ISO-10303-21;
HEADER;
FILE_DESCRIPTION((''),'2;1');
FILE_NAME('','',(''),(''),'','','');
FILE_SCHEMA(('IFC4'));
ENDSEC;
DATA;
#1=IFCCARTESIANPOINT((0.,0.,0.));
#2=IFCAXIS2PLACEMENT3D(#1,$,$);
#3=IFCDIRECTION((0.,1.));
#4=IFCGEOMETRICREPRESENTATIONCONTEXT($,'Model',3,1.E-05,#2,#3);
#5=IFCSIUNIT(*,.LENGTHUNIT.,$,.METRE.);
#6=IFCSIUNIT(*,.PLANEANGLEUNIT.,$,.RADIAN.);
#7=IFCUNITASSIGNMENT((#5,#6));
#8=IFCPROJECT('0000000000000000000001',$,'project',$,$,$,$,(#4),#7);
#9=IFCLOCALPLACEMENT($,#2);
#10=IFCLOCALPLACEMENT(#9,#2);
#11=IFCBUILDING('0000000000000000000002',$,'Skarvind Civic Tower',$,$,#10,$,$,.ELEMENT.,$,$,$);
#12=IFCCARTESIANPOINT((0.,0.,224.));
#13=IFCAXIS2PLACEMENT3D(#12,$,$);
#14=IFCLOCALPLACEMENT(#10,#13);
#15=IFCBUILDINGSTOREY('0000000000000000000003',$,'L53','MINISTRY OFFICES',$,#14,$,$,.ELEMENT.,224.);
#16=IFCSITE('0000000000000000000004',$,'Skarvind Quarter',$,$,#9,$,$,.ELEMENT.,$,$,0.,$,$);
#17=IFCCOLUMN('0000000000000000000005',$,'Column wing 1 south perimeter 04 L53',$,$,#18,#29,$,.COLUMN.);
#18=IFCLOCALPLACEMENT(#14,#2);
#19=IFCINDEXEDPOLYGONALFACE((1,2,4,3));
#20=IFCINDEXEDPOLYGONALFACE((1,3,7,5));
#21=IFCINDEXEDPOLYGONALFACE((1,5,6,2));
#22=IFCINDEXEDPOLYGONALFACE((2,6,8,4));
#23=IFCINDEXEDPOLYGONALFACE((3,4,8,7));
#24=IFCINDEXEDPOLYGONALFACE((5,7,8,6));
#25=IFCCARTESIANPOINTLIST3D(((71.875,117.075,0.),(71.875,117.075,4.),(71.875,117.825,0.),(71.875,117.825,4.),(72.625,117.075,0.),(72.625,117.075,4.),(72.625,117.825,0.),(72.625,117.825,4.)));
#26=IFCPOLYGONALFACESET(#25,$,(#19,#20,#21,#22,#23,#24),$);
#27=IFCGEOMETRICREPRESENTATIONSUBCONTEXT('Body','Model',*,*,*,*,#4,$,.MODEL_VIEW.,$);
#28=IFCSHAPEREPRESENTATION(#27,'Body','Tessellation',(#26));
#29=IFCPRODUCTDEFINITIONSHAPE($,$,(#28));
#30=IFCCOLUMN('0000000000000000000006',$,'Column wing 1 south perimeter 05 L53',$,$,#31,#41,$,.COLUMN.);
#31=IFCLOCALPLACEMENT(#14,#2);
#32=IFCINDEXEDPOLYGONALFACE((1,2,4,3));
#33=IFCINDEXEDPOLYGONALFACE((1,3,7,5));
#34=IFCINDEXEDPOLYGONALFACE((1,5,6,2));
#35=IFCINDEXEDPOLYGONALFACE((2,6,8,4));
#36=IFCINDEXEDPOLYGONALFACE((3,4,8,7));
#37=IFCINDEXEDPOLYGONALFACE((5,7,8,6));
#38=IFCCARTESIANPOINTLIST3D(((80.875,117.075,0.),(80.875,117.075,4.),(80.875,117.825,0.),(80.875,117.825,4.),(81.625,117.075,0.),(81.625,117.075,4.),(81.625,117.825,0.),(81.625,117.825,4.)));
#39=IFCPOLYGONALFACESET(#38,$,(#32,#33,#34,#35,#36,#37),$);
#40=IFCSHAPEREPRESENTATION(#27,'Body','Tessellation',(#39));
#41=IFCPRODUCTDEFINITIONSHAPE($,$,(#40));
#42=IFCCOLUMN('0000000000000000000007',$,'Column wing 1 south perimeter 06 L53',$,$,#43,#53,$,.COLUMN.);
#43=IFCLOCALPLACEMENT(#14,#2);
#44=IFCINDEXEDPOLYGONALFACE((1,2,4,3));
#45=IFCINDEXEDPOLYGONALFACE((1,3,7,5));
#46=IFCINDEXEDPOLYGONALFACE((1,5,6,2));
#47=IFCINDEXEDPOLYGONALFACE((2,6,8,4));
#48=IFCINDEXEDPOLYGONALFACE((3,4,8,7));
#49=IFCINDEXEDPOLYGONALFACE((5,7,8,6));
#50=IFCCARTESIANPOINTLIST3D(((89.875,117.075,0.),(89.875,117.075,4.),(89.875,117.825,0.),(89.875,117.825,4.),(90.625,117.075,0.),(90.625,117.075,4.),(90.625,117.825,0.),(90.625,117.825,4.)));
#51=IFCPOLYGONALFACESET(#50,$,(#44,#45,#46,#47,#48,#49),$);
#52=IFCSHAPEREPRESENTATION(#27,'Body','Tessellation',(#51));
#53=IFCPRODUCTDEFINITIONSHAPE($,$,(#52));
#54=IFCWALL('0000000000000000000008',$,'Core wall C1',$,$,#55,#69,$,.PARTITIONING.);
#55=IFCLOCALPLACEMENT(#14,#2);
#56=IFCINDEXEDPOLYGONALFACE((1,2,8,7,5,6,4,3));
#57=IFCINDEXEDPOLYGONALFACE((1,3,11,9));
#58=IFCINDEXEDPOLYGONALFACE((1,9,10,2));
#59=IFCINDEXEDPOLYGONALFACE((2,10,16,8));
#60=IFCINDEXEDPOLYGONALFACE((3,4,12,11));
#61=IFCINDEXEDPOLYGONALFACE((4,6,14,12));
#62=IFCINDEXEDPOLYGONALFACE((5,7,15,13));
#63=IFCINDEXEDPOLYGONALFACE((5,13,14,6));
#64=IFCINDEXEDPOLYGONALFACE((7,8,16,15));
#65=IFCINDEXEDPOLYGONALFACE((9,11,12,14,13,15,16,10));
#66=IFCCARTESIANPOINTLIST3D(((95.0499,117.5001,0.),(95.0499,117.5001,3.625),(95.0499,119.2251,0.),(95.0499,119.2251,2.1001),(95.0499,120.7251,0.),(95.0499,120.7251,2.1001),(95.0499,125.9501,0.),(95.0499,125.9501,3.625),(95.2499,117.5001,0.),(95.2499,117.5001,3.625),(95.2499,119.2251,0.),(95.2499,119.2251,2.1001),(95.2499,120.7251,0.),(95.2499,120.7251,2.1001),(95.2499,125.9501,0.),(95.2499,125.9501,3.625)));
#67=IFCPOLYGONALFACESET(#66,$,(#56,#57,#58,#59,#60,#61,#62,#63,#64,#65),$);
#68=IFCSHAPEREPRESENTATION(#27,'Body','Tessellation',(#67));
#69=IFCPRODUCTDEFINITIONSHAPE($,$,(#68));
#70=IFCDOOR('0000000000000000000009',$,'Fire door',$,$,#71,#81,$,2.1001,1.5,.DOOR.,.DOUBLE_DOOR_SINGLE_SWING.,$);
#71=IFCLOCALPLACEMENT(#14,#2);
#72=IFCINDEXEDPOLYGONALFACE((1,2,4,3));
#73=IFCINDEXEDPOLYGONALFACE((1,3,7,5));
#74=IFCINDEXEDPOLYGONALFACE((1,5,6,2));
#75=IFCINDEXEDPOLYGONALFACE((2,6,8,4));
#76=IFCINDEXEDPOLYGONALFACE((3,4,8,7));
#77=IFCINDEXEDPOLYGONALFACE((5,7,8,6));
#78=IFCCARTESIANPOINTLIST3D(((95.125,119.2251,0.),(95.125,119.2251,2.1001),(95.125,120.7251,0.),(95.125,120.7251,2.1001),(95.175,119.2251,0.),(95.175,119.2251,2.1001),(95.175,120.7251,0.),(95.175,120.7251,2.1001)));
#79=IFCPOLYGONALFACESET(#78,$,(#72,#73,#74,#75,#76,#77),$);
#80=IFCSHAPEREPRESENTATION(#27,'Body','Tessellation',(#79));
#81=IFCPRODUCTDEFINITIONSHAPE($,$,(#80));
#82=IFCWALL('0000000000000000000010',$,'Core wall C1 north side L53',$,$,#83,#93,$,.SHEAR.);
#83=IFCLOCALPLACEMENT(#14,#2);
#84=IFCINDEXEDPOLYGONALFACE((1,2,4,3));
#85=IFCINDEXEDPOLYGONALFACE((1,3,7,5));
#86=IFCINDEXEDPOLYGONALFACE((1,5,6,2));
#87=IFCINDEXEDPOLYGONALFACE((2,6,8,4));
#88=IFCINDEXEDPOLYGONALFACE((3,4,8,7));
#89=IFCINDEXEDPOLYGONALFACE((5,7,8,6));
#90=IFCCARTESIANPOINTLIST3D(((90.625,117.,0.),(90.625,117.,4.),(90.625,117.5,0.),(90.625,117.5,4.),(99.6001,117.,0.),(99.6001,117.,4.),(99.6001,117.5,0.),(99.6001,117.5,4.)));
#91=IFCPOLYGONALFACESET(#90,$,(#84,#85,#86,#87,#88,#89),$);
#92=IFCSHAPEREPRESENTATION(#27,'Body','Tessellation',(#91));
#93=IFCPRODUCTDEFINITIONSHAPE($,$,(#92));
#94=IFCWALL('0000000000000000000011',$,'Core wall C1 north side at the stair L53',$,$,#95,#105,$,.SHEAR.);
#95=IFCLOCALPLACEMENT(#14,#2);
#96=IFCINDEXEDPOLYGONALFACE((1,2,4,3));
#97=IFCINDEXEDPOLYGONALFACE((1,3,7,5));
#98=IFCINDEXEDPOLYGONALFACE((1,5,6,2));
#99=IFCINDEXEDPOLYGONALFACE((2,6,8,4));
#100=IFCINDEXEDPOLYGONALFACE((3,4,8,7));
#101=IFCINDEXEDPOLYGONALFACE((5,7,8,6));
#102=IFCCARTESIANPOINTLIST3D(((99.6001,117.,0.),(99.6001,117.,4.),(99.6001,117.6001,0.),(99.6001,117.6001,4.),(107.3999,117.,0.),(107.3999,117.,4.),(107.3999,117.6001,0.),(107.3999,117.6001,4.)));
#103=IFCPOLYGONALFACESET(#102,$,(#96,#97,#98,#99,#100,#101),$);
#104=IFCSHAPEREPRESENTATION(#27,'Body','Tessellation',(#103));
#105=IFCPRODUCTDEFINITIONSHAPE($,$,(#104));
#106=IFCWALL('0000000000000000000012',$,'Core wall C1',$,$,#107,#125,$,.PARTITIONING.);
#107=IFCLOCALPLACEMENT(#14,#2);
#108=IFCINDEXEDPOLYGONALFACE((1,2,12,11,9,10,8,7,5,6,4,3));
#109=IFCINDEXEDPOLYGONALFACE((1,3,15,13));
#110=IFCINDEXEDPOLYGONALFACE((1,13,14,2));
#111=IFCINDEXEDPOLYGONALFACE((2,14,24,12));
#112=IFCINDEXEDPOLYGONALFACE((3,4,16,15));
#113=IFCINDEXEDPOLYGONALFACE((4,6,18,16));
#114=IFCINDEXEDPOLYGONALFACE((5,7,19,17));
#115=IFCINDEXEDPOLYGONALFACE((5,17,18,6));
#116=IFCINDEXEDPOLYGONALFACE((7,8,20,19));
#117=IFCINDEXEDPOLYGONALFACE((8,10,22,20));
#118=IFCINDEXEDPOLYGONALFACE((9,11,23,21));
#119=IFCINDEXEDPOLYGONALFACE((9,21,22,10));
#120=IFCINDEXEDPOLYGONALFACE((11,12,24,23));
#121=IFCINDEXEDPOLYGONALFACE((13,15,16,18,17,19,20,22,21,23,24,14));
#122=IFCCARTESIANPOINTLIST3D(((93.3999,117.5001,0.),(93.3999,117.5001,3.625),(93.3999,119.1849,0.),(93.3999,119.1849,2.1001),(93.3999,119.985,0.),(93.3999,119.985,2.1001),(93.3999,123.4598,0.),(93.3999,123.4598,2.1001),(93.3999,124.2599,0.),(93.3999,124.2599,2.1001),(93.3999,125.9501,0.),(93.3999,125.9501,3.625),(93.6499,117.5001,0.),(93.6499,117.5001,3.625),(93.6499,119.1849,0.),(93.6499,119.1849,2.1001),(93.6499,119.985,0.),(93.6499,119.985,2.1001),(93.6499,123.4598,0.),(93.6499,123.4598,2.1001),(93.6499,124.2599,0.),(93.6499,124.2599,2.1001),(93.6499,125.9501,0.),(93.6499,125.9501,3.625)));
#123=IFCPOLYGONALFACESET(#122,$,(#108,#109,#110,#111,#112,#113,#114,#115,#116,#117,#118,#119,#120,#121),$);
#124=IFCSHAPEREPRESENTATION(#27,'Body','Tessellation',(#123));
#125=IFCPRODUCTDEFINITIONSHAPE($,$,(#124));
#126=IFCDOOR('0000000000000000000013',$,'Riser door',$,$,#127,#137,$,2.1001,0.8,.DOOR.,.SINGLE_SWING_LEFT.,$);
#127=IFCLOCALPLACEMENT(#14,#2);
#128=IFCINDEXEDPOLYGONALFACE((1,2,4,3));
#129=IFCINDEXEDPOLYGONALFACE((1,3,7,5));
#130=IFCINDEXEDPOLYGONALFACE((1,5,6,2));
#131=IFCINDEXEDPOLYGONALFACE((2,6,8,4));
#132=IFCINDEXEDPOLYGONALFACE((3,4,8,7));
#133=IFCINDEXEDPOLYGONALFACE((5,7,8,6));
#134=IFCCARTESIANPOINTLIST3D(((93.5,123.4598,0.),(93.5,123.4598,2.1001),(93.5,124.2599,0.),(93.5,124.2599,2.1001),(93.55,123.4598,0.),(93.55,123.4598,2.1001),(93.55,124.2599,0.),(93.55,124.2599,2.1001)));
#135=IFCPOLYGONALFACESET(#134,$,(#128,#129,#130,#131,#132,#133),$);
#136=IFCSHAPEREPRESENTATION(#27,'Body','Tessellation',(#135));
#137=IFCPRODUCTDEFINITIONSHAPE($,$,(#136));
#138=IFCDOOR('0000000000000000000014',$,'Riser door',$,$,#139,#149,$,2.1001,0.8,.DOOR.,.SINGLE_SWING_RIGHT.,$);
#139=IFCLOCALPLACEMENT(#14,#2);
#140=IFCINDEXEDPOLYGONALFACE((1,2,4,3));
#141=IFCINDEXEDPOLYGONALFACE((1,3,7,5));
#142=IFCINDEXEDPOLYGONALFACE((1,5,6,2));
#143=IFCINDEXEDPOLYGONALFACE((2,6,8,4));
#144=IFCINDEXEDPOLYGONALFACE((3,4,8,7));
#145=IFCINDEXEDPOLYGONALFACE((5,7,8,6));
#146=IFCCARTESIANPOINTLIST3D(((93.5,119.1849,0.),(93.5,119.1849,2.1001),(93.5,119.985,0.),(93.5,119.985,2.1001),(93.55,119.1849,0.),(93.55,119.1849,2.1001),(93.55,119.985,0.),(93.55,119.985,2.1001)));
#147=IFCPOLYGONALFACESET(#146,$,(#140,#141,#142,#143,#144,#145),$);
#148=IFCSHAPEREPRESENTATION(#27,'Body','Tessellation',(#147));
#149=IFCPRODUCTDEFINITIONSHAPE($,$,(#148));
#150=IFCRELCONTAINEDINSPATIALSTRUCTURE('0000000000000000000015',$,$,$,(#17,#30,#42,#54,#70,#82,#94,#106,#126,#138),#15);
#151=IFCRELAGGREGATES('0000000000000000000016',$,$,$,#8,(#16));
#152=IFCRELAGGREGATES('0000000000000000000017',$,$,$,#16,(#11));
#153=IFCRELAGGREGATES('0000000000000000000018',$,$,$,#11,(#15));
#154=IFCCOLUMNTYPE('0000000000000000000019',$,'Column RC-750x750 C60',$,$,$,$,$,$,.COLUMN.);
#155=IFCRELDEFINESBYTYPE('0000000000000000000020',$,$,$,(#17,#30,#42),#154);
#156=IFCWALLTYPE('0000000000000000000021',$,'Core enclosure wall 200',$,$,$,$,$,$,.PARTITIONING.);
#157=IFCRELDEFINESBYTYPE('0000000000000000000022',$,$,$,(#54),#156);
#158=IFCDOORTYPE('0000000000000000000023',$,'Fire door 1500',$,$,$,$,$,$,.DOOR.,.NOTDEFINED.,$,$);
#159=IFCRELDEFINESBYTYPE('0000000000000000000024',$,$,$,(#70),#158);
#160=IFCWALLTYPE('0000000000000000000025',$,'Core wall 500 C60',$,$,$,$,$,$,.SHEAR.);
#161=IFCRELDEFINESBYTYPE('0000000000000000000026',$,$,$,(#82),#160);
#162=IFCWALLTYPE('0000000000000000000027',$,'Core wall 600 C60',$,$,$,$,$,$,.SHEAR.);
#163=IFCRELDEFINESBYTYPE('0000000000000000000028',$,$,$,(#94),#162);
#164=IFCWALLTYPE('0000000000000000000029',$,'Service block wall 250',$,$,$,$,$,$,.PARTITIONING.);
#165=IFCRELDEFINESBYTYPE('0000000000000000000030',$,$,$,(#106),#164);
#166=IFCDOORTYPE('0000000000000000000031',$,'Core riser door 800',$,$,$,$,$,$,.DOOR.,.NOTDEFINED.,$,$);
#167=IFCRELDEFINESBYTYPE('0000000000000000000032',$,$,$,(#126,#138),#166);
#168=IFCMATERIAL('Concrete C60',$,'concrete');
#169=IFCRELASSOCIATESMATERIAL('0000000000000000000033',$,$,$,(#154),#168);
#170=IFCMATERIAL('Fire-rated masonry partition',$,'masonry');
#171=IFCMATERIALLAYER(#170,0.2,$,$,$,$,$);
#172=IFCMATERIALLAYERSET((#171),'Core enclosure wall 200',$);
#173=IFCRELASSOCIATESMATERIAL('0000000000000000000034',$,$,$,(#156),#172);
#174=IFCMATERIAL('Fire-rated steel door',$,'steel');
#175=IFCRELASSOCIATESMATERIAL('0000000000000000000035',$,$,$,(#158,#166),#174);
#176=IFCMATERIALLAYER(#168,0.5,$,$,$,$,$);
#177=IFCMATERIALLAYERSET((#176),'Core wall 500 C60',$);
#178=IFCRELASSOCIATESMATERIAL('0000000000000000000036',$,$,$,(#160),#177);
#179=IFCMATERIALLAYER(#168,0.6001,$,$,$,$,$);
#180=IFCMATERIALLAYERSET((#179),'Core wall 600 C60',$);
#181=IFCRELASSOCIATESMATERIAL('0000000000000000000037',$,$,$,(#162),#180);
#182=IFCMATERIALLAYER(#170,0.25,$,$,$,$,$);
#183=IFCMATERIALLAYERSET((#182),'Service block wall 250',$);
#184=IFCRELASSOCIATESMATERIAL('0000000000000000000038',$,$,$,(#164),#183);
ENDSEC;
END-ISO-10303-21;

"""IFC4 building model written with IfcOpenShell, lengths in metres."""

from ifc_helpers import new_model, si_unit, direction, frame, frame_2d, origin, origin_2d, place, context, subcontext, project, spatial, rectangle, extrude, material, layer, layer_set, material_profile, profile_set, type_object, element, fill, save


model = new_model("IFC4")

# Units and contexts
model_context = context("Model", 3, precision=1e-05, world=origin(), true_north=direction((0.0, 1.0)))
body_context = subcontext(model_context, "Body", "Model", "MODEL_VIEW")
ifc_project = project(units=[si_unit("LENGTHUNIT", "METRE"), si_unit("PLANEANGLEUNIT", "RADIAN")], contexts=[model_context])

# Site, building, storey
site_placement = place(None, origin())
site = spatial("IfcSite", under=ifc_project, at=site_placement, Name="Skarvind Quarter", CompositionType="ELEMENT", RefElevation=0.0)
building_placement = place(site_placement, origin())
building = spatial("IfcBuilding", under=site, at=building_placement, Name="Skarvind Civic Tower", CompositionType="ELEMENT")
storey_placement = place(building_placement, frame((0.0, 0.0, 224.0)))
storey = spatial("IfcBuildingStorey", under=building, at=storey_placement, Name="L53", Description="MINISTRY OFFICES", CompositionType="ELEMENT", Elevation=224.0)

# Columns
ifc_material_1 = material(Name="Concrete C60", Category="concrete")
ifc_material_profile_1 = material_profile(ifc_material_1, rectangle(XDim=0.75, YDim=0.75, at=origin_2d()), Name="RC-750x750")
ifc_profile_set_1 = profile_set([ifc_material_profile_1], Name="Concrete C60")
column_type = type_object("IfcColumnType", Name="Column RC-750x750 C60", PredefinedType="COLUMN", material=ifc_profile_set_1)
for number, where, z_axis, x_axis, name in (
    (1, (72.25, 117.45, 0.0), (0.0, 0.0, 1.0), (1.0, 0.0, 0.0), "Column wing 1 south perimeter 04 L53"),
    (2, (81.25, 117.45, 0.0), (0.0, 0.0, 1.0), (1.0, 0.0, 0.0), "Column wing 1 south perimeter 05 L53"),
    (3, (90.25, 117.45, 0.0), (0.0, 0.0, 1.0), (1.0, 0.0, 0.0), "Column wing 1 south perimeter 06 L53"),
):
    element("IfcColumn", number, at=place(storey_placement, frame(where, z_axis=z_axis, x_axis=x_axis)), inside=storey, type_object=column_type, Name=name, PredefinedType="COLUMN", context=body_context, shape_type="SweptSolid", body=[
        extrude(rectangle(XDim=0.75, YDim=0.75, at=origin_2d()), origin(), (0.0, 0.0, 1.0), 4.0),
    ])

# Wall, opening, door
ifc_material_2 = material(Name="Fire-rated masonry partition", Category="masonry")
ifc_layer_1 = layer(ifc_material_2, 0.2)
ifc_layer_set_1 = layer_set([ifc_layer_1], Name="Core enclosure wall 200")
wall_type_1 = type_object("IfcWallType", Name="Core enclosure wall 200", PredefinedType="PARTITIONING", material=ifc_layer_set_1)
wall_1_placement = place(storey_placement, frame((95.1499, 117.5, 0.0), z_axis=(0.0, 0.0, 1.0), x_axis=(0.0, 1.0, 0.0)))
wall_1 = element("IfcWall", 4, at=wall_1_placement, inside=storey, type_object=wall_type_1, Name="Core wall C1", PredefinedType="PARTITIONING", context=body_context, shape_type="SweptSolid", body=[
    extrude(rectangle(XDim=8.45, YDim=0.2, at=frame_2d((4.2251, 0.0))), origin(), (0.0, 0.0, 1.0), 3.625),
])
opening_1_placement = place(wall_1_placement, frame((1.7251, 0.0, 0.0)))
opening_1 = element("IfcOpeningElement", 5, at=opening_1_placement, cuts=wall_1, PredefinedType="OPENING", context=body_context, shape_type="SweptSolid", body=[
    extrude(rectangle(XDim=1.5, YDim=2.1001, at=frame_2d((0.75, 1.05))), frame((0.0, 0.1099, 0.0), z_axis=(0.0, -1.0, 0.0), x_axis=(1.0, 0.0, 0.0)), (0.0, 0.0, 1.0), 0.22),
])
ifc_material_3 = material(Name="Fire-rated steel door", Category="steel")
door_type_1 = type_object("IfcDoorType", Name="Fire door 1500", OperationType="NOTDEFINED", PredefinedType="DOOR", material=ifc_material_3)
door_1_placement = place(opening_1_placement, origin())
door_1 = element("IfcDoor", 6, at=door_1_placement, inside=storey, type_object=door_type_1, Name="Fire door", OperationType="DOUBLE_DOOR_SINGLE_SWING", OverallHeight=2.1001, OverallWidth=1.5, PredefinedType="DOOR", context=body_context, shape_type="SweptSolid", body=[
    extrude(rectangle(XDim=1.5, YDim=2.1001, at=frame_2d((0.75, 1.05))), frame((0.0, 0.0249, 0.0), z_axis=(0.0, -1.0, 0.0), x_axis=(1.0, 0.0, 0.0)), (0.0, 0.0, 1.0), 0.05),
])
fill(opening_1, door_1)

# Walls
ifc_layer_2 = layer(ifc_material_1, 0.5)
ifc_layer_set_2 = layer_set([ifc_layer_2], Name="Core wall 500 C60")
wall_type_2 = type_object("IfcWallType", Name="Core wall 500 C60", PredefinedType="SHEAR", material=ifc_layer_set_2)
wall_2_placement = place(storey_placement, frame((99.6001, 117.25, 0.0), z_axis=(0.0, 0.0, 1.0), x_axis=(-1.0, 0.0, 0.0)))
element("IfcWall", 7, at=wall_2_placement, inside=storey, type_object=wall_type_2, Name="Core wall C1 north side L53", PredefinedType="SHEAR", context=body_context, shape_type="SweptSolid", body=[
    extrude(rectangle(XDim=8.9751, YDim=0.5, at=frame_2d((4.4875, 0.0))), origin(), (0.0, 0.0, 1.0), 4.0),
])
ifc_layer_3 = layer(ifc_material_1, 0.6001)
ifc_layer_set_3 = layer_set([ifc_layer_3], Name="Core wall 600 C60")
wall_type_3 = type_object("IfcWallType", Name="Core wall 600 C60", PredefinedType="SHEAR", material=ifc_layer_set_3)
wall_3_placement = place(storey_placement, frame((107.3999, 117.3, 0.0), z_axis=(0.0, 0.0, 1.0), x_axis=(-1.0, 0.0, 0.0)))
element("IfcWall", 8, at=wall_3_placement, inside=storey, type_object=wall_type_3, Name="Core wall C1 north side at the stair L53", PredefinedType="SHEAR", context=body_context, shape_type="SweptSolid", body=[
    extrude(rectangle(XDim=7.7998, YDim=0.6001, at=frame_2d((3.8999, 0.0))), origin(), (0.0, 0.0, 1.0), 4.0),
])

# Wall, openings, doors
ifc_layer_4 = layer(ifc_material_2, 0.25)
ifc_layer_set_4 = layer_set([ifc_layer_4], Name="Service block wall 250")
wall_type_4 = type_object("IfcWallType", Name="Service block wall 250", PredefinedType="PARTITIONING", material=ifc_layer_set_4)
wall_4_placement = place(storey_placement, frame((93.5249, 117.5, 0.0), z_axis=(0.0, 0.0, 1.0), x_axis=(0.0, 1.0, 0.0)))
wall_4 = element("IfcWall", 9, at=wall_4_placement, inside=storey, type_object=wall_type_4, Name="Core wall C1", PredefinedType="PARTITIONING", context=body_context, shape_type="SweptSolid", body=[
    extrude(rectangle(XDim=8.45, YDim=0.25, at=frame_2d((4.2251, 0.0))), origin(), (0.0, 0.0, 1.0), 3.625),
])
opening_2_placement = place(wall_4_placement, frame((5.96, 0.0, 0.0)))
opening_2 = element("IfcOpeningElement", 10, at=opening_2_placement, cuts=wall_4, PredefinedType="OPENING", context=body_context, shape_type="SweptSolid", body=[
    extrude(rectangle(XDim=0.8, YDim=2.1001, at=frame_2d((0.3999, 1.05))), frame((0.0, 0.135, 0.0), z_axis=(0.0, -1.0, 0.0), x_axis=(1.0, 0.0, 0.0)), (0.0, 0.0, 1.0), 0.27),
])
opening_3_placement = place(wall_4_placement, frame((1.6851, 0.0, 0.0)))
opening_3 = element("IfcOpeningElement", 11, at=opening_3_placement, cuts=wall_4, PredefinedType="OPENING", context=body_context, shape_type="SweptSolid", body=[
    extrude(rectangle(XDim=0.8, YDim=2.1001, at=frame_2d((0.3999, 1.05))), frame((0.0, 0.135, 0.0), z_axis=(0.0, -1.0, 0.0), x_axis=(1.0, 0.0, 0.0)), (0.0, 0.0, 1.0), 0.27),
])
door_type_2 = type_object("IfcDoorType", Name="Core riser door 800", OperationType="NOTDEFINED", PredefinedType="DOOR", material=ifc_material_3)
door_2_placement = place(opening_2_placement, origin())
door_2 = element("IfcDoor", 12, at=door_2_placement, inside=storey, type_object=door_type_2, Name="Riser door", OperationType="SINGLE_SWING_LEFT", OverallHeight=2.1001, OverallWidth=0.8, PredefinedType="DOOR", context=body_context, shape_type="SweptSolid", body=[
    extrude(rectangle(XDim=0.8, YDim=2.1001, at=frame_2d((0.3999, 1.05))), frame((0.0, 0.0249, 0.0), z_axis=(0.0, -1.0, 0.0), x_axis=(1.0, 0.0, 0.0)), (0.0, 0.0, 1.0), 0.05),
])
fill(opening_2, door_2)
door_3_placement = place(opening_3_placement, origin())
door_3 = element("IfcDoor", 13, at=door_3_placement, inside=storey, type_object=door_type_2, Name="Riser door", OperationType="SINGLE_SWING_RIGHT", OverallHeight=2.1001, OverallWidth=0.8, PredefinedType="DOOR", context=body_context, shape_type="SweptSolid", body=[
    extrude(rectangle(XDim=0.8, YDim=2.1001, at=frame_2d((0.3999, 1.05))), frame((0.0, 0.0249, 0.0), z_axis=(0.0, -1.0, 0.0), x_axis=(1.0, 0.0, 0.0)), (0.0, 0.0, 1.0), 0.05),
])
fill(opening_3, door_3)

save(model, "model.ifc")
